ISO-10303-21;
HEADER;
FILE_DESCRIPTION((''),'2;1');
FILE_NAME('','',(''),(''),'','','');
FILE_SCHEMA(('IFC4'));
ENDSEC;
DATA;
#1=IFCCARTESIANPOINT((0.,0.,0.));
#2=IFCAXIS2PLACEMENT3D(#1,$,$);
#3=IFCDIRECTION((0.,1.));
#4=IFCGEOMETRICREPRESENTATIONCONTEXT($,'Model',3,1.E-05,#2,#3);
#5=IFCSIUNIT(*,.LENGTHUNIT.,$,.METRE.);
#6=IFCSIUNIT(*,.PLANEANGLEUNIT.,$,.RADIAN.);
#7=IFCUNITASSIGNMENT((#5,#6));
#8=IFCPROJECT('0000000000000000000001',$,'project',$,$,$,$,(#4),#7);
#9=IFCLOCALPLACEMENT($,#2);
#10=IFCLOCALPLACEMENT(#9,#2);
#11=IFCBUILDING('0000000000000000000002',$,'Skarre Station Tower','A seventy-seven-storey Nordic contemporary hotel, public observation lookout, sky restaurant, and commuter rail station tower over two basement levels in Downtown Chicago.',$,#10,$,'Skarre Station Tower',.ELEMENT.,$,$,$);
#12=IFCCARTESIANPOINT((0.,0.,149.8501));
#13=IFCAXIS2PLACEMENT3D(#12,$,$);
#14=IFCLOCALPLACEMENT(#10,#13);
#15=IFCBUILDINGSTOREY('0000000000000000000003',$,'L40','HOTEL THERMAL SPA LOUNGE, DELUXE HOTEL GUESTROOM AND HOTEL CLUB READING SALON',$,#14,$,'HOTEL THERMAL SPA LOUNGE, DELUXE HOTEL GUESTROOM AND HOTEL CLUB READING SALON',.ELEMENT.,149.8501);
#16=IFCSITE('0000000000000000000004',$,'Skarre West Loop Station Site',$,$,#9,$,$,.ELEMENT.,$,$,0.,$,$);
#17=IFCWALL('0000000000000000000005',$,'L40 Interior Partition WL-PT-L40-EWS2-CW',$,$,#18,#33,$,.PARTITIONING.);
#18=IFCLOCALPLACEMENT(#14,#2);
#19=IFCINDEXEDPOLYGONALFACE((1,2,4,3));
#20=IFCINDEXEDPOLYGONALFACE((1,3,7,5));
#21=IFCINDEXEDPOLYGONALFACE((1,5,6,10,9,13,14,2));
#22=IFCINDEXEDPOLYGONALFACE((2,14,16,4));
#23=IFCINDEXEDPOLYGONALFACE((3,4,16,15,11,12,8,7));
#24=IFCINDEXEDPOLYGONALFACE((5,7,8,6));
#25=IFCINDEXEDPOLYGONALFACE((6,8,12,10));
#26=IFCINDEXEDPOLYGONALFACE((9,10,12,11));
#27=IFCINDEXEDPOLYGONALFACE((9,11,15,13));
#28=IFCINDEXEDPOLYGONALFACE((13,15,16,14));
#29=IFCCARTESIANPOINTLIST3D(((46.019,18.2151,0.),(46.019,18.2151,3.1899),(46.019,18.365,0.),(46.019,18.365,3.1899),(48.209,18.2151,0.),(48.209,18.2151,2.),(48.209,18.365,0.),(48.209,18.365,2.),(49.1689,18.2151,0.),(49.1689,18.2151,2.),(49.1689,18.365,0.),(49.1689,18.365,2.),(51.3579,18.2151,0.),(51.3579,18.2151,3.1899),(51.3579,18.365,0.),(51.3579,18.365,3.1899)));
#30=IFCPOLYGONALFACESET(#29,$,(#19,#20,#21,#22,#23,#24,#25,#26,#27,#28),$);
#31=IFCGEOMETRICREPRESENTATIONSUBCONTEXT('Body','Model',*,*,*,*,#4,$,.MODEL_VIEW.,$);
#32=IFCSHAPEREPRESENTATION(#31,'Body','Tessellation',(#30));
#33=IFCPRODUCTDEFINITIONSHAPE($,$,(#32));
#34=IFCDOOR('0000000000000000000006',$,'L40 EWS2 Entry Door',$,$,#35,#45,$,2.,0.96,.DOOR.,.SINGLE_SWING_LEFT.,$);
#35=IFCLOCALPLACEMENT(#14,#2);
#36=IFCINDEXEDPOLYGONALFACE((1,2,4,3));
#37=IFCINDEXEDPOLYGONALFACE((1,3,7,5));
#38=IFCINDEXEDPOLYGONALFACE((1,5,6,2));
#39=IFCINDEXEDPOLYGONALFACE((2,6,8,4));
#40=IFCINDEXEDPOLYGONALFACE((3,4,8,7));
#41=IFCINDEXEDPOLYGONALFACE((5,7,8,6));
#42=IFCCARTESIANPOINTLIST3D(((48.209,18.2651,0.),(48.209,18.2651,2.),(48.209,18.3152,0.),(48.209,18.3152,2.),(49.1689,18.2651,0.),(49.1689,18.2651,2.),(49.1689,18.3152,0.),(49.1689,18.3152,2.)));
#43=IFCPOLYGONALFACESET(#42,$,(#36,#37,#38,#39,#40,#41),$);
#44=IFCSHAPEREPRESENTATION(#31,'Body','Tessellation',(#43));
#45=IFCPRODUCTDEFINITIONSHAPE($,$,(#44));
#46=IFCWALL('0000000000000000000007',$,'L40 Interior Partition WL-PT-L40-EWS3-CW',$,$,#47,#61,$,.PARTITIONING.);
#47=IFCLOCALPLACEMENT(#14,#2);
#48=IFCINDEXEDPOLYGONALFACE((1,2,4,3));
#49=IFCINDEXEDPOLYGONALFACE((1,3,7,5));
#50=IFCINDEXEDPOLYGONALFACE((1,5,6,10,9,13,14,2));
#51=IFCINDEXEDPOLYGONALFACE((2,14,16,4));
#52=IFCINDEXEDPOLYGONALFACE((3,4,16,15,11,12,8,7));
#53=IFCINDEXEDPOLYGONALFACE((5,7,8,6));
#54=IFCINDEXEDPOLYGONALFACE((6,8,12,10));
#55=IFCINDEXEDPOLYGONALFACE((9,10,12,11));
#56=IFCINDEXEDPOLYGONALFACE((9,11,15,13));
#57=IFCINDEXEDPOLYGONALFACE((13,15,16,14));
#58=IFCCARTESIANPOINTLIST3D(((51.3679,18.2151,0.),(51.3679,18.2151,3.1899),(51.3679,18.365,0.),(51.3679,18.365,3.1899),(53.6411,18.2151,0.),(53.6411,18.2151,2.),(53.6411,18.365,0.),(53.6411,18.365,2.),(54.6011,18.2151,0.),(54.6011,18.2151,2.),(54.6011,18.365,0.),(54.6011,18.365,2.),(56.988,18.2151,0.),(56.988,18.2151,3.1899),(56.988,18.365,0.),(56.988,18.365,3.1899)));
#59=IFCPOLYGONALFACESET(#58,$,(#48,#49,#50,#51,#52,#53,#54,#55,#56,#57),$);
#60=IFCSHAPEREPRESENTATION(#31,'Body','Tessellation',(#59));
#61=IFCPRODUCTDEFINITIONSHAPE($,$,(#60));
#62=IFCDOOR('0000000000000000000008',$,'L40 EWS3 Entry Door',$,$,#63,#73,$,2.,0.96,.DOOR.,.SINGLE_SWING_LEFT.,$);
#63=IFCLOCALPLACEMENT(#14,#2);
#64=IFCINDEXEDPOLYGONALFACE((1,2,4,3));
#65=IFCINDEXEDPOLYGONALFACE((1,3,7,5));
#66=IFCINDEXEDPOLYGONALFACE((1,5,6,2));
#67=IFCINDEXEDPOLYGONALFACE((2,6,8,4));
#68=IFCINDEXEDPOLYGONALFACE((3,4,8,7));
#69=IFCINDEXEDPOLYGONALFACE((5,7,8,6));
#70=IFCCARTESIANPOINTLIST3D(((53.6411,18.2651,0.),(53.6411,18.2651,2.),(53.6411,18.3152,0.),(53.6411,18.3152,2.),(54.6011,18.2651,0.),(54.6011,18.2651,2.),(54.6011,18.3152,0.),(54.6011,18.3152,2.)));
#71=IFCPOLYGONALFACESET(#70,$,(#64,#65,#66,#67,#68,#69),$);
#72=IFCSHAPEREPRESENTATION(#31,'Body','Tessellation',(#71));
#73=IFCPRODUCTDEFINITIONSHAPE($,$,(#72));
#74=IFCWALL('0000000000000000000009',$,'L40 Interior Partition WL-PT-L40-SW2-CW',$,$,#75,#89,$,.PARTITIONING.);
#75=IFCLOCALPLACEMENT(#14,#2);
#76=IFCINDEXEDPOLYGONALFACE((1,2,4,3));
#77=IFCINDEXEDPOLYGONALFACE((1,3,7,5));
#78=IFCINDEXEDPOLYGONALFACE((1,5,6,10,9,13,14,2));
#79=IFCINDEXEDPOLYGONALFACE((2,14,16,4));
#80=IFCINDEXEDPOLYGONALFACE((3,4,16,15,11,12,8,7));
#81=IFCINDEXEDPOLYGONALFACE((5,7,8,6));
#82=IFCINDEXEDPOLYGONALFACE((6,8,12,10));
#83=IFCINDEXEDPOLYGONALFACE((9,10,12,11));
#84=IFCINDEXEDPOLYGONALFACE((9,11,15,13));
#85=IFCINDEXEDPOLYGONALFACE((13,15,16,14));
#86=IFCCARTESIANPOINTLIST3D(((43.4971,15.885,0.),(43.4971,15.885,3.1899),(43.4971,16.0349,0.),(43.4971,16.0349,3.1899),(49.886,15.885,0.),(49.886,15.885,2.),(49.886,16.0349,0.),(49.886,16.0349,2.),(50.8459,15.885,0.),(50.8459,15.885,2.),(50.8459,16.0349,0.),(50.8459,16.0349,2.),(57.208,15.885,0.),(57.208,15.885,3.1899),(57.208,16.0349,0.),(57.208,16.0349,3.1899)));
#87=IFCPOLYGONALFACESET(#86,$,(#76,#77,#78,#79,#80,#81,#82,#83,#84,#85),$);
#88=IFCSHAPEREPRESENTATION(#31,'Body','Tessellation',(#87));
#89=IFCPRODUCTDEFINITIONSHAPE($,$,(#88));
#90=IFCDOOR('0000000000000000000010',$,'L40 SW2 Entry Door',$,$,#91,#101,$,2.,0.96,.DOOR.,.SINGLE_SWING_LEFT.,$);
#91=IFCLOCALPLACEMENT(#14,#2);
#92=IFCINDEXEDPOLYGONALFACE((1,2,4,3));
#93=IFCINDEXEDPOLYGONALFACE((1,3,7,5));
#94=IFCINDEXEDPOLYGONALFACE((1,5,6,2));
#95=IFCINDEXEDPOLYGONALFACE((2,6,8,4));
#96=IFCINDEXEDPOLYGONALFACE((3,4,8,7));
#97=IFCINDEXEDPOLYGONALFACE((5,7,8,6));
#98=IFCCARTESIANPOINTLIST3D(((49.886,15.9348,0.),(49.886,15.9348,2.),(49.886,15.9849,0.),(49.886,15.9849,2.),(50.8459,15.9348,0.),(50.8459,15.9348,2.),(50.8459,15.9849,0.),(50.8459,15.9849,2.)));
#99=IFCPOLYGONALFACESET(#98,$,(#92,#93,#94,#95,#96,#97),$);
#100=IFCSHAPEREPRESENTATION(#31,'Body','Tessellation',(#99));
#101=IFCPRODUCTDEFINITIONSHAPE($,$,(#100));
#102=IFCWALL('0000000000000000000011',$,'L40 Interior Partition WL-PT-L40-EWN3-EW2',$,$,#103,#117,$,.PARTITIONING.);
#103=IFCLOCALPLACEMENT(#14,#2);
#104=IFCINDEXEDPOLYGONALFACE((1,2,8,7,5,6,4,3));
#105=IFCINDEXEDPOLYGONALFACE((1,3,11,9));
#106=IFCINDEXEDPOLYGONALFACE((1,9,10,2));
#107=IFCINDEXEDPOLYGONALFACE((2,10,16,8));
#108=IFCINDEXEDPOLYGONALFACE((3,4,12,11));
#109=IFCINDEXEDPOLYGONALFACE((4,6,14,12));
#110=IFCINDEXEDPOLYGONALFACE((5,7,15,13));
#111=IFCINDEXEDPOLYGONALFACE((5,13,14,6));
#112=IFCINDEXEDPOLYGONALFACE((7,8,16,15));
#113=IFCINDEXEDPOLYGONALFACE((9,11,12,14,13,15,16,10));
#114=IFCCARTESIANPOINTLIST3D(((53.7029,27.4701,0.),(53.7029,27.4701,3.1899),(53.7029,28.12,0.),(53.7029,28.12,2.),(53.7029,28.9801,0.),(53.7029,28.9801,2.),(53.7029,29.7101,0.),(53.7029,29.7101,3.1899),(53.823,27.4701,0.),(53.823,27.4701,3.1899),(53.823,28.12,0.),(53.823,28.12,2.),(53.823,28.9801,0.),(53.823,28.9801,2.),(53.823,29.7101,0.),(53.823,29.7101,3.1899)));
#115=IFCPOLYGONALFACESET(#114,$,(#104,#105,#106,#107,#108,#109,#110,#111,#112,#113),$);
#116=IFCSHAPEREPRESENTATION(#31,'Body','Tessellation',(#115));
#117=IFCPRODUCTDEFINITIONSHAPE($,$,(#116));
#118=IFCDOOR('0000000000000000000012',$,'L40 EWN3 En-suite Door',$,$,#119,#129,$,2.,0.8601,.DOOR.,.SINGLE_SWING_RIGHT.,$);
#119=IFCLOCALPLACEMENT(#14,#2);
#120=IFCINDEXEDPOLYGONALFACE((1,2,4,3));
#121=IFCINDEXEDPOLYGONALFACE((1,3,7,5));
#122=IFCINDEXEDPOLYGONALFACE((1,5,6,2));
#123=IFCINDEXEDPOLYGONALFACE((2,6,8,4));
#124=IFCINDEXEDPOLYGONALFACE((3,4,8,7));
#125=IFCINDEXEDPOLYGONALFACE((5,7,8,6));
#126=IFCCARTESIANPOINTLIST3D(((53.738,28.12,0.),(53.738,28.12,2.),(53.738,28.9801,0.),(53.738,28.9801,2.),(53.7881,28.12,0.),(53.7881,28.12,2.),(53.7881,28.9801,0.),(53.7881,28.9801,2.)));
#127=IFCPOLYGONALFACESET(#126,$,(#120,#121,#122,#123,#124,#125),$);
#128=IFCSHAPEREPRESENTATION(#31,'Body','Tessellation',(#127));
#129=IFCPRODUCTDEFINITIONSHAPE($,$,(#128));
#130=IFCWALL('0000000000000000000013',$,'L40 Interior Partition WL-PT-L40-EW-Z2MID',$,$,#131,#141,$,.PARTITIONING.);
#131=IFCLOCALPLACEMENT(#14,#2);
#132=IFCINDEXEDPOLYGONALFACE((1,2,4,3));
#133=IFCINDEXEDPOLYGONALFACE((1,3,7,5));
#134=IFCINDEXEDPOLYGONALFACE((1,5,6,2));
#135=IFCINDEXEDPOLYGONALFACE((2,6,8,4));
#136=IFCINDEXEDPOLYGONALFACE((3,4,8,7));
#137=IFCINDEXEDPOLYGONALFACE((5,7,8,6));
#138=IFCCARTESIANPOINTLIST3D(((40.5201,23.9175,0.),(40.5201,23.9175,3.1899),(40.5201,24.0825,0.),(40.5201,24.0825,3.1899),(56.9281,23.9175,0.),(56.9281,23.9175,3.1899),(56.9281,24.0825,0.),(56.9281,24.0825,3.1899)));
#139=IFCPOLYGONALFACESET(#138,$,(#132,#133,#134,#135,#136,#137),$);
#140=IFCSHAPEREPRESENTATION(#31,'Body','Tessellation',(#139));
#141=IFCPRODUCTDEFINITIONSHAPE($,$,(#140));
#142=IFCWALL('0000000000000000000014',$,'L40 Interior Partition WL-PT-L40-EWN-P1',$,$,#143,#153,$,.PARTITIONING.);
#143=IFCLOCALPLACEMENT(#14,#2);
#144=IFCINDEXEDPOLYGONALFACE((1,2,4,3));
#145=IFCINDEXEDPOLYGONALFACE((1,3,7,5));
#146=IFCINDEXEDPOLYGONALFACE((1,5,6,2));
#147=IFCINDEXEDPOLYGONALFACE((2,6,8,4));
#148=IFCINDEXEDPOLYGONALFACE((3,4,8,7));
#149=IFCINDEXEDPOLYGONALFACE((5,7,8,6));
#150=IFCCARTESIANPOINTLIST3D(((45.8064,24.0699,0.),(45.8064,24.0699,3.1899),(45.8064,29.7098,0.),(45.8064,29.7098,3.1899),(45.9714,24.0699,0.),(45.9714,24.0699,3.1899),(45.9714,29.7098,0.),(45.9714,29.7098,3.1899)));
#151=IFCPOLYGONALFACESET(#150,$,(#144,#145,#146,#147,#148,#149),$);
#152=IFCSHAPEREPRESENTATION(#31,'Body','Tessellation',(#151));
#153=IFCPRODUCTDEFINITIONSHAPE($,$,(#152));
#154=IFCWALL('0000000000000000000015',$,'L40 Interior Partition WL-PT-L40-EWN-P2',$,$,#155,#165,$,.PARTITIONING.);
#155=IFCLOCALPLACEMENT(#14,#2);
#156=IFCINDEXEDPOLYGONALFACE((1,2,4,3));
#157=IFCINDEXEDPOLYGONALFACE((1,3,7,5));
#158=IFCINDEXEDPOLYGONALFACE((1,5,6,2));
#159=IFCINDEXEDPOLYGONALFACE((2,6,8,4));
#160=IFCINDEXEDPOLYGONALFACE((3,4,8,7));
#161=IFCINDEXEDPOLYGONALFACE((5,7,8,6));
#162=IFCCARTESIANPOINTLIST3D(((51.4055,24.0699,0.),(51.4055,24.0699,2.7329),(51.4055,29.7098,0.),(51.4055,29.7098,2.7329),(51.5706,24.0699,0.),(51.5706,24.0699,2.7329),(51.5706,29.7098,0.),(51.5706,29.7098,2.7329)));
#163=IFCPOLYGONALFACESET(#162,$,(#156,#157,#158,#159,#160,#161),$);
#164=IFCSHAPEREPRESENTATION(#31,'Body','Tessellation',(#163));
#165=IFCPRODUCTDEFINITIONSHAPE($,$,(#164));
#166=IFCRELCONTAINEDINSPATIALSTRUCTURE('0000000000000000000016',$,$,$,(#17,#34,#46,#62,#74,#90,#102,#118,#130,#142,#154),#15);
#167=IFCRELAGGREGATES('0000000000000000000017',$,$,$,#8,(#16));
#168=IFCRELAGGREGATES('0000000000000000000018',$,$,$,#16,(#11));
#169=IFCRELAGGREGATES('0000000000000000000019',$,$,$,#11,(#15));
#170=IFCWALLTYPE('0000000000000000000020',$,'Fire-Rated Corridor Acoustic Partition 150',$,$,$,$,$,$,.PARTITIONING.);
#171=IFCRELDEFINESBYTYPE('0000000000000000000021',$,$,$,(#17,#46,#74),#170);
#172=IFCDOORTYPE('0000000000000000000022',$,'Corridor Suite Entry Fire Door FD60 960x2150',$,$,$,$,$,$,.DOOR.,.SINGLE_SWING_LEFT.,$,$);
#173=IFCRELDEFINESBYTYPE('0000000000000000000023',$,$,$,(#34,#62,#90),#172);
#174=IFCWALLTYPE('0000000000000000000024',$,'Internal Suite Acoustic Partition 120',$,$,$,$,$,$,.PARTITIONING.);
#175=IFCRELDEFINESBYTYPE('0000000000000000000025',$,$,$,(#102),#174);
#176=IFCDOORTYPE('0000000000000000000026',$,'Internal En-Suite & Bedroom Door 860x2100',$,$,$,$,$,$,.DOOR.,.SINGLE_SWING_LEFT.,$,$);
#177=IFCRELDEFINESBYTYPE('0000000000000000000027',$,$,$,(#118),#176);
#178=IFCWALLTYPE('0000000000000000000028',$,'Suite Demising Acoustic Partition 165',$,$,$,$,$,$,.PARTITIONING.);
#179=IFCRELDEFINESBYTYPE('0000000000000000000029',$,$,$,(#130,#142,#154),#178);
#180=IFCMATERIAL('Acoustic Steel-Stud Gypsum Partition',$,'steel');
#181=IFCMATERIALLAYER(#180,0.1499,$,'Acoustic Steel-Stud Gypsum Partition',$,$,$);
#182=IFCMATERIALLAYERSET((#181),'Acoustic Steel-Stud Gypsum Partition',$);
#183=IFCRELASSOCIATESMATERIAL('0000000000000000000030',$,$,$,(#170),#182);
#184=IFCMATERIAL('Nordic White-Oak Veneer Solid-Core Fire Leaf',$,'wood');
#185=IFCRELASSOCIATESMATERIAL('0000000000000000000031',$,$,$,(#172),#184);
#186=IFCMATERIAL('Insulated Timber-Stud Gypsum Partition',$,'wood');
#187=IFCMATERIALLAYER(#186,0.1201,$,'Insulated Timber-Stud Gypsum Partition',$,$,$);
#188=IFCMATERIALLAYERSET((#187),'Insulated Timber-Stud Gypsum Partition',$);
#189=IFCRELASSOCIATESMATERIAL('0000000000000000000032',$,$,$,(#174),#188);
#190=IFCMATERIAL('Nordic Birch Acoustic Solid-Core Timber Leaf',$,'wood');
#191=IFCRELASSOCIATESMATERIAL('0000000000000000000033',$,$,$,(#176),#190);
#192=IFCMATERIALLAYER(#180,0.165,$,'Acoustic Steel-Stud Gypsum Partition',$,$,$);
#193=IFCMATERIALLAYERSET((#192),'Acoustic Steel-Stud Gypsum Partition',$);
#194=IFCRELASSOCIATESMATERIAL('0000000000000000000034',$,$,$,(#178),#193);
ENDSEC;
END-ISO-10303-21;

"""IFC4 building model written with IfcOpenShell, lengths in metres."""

from ifc_helpers import new_model, si_unit, direction, frame, frame_2d, origin, place, context, subcontext, project, spatial, rectangle, extrude, material, layer, layer_set, type_object, element, fill, save


model = new_model("IFC4")

# Units and contexts
model_context = context("Model", 3, precision=1e-05, world=origin(), true_north=direction((0.0, 1.0)))
body_context = subcontext(model_context, "Body", "Model", "MODEL_VIEW")
ifc_project = project(units=[si_unit("LENGTHUNIT", "METRE"), si_unit("PLANEANGLEUNIT", "RADIAN")], contexts=[model_context])

# Site, building, storey
site_placement = place(None, origin())
site = spatial("IfcSite", under=ifc_project, at=site_placement, Name="Skarre West Loop Station Site", CompositionType="ELEMENT", RefElevation=0.0)
building_placement = place(site_placement, origin())
building = spatial("IfcBuilding", under=site, at=building_placement, Name="Skarre Station Tower", Description="A seventy-seven-storey Nordic contemporary hotel, public observation lookout, sky restaurant, and commuter rail station tower over two basement levels in Downtown Chicago.", LongName="Skarre Station Tower", CompositionType="ELEMENT")
storey_placement = place(building_placement, frame((0.0, 0.0, 149.8501)))
storey = spatial("IfcBuildingStorey", under=building, at=storey_placement, Name="L40", Description="HOTEL THERMAL SPA LOUNGE, DELUXE HOTEL GUESTROOM AND HOTEL CLUB READING SALON", LongName="HOTEL THERMAL SPA LOUNGE, DELUXE HOTEL GUESTROOM AND HOTEL CLUB READING SALON", CompositionType="ELEMENT", Elevation=149.8501)

# Shared definitions
ifc_material_1 = material(Name="Acoustic Steel-Stud Gypsum Partition", Category="steel")
ifc_layer_1 = layer(ifc_material_1, 0.1499, Name="Acoustic Steel-Stud Gypsum Partition")
ifc_layer_set_1 = layer_set([ifc_layer_1], Name="Acoustic Steel-Stud Gypsum Partition")
wall_type_1 = type_object("IfcWallType", Name="Fire-Rated Corridor Acoustic Partition 150", PredefinedType="PARTITIONING", material=ifc_layer_set_1)

# Walls, openings, doors
ifc_material_2 = material(Name="Nordic White-Oak Veneer Solid-Core Fire Leaf", Category="wood")
door_type_1 = type_object("IfcDoorType", Name="Corridor Suite Entry Fire Door FD60 960x2150", OperationType="SINGLE_SWING_LEFT", PredefinedType="DOOR", material=ifc_material_2)
wall_1_placement = place(storey_placement, frame((51.3579, 18.29, 0.0), z_axis=(0.0, 0.0, 1.0), x_axis=(-1.0, 0.0, 0.0)))
wall_1 = element("IfcWall", 1, at=wall_1_placement, inside=storey, type_object=wall_type_1, Name="L40 Interior Partition WL-PT-L40-EWS2-CW", PredefinedType="PARTITIONING", context=body_context, shape_type="SweptSolid", body=[
    extrude(rectangle(XDim=5.3389, YDim=0.1499, at=frame_2d((2.6694, 0.0))), origin(), (0.0, 0.0, 1.0), 3.1899),
])
opening_1_placement = place(wall_1_placement, frame((2.189, 0.0, 0.0)))
opening_1 = element("IfcOpeningElement", 2, at=opening_1_placement, cuts=wall_1, PredefinedType="OPENING", context=body_context, shape_type="SweptSolid", body=[
    extrude(rectangle(XDim=0.96, YDim=2.0, at=frame_2d((0.48, 1.0))), frame((0.0, 0.085, 0.0), z_axis=(0.0, -1.0, 0.0), x_axis=(1.0, 0.0, 0.0)), (0.0, 0.0, 1.0), 0.1699),
])
door_1_placement = place(opening_1_placement, origin())
door_1 = element("IfcDoor", 3, at=door_1_placement, inside=storey, type_object=door_type_1, Name="L40 EWS2 Entry Door", OperationType="SINGLE_SWING_LEFT", OverallHeight=2.0, OverallWidth=0.96, PredefinedType="DOOR", context=body_context, shape_type="SweptSolid", body=[
    extrude(rectangle(XDim=0.96, YDim=2.0, at=frame_2d((0.48, 1.0))), frame((0.0, 0.0249, 0.0), z_axis=(0.0, -1.0, 0.0), x_axis=(1.0, 0.0, 0.0)), (0.0, 0.0, 1.0), 0.05),
])
fill(opening_1, door_1)
wall_2_placement = place(storey_placement, frame((56.988, 18.29, 0.0), z_axis=(0.0, 0.0, 1.0), x_axis=(-1.0, 0.0, 0.0)))
wall_2 = element("IfcWall", 4, at=wall_2_placement, inside=storey, type_object=wall_type_1, Name="L40 Interior Partition WL-PT-L40-EWS3-CW", PredefinedType="PARTITIONING", context=body_context, shape_type="SweptSolid", body=[
    extrude(rectangle(XDim=5.6201, YDim=0.1499, at=frame_2d((2.8101, 0.0))), origin(), (0.0, 0.0, 1.0), 3.1899),
])
opening_2_placement = place(wall_2_placement, frame((2.387, 0.0, 0.0)))
opening_2 = element("IfcOpeningElement", 5, at=opening_2_placement, cuts=wall_2, PredefinedType="OPENING", context=body_context, shape_type="SweptSolid", body=[
    extrude(rectangle(XDim=0.96, YDim=2.0, at=frame_2d((0.48, 1.0))), frame((0.0, 0.085, 0.0), z_axis=(0.0, -1.0, 0.0), x_axis=(1.0, 0.0, 0.0)), (0.0, 0.0, 1.0), 0.1699),
])
door_2_placement = place(opening_2_placement, origin())
door_2 = element("IfcDoor", 6, at=door_2_placement, inside=storey, type_object=door_type_1, Name="L40 EWS3 Entry Door", OperationType="SINGLE_SWING_LEFT", OverallHeight=2.0, OverallWidth=0.96, PredefinedType="DOOR", context=body_context, shape_type="SweptSolid", body=[
    extrude(rectangle(XDim=0.96, YDim=2.0, at=frame_2d((0.48, 1.0))), frame((0.0, 0.0249, 0.0), z_axis=(0.0, -1.0, 0.0), x_axis=(1.0, 0.0, 0.0)), (0.0, 0.0, 1.0), 0.05),
])
fill(opening_2, door_2)
wall_3_placement = place(storey_placement, frame((43.4971, 15.96, 0.0), z_axis=(0.0, 0.0, 1.0), x_axis=(1.0, 0.0, 0.0)))
wall_3 = element("IfcWall", 7, at=wall_3_placement, inside=storey, type_object=wall_type_1, Name="L40 Interior Partition WL-PT-L40-SW2-CW", PredefinedType="PARTITIONING", context=body_context, shape_type="SweptSolid", body=[
    extrude(rectangle(XDim=13.7109, YDim=0.1499, at=frame_2d((6.8555, 0.0))), origin(), (0.0, 0.0, 1.0), 3.1899),
])
opening_3_placement = place(wall_3_placement, frame((6.3889, 0.0, 0.0)))
opening_3 = element("IfcOpeningElement", 8, at=opening_3_placement, cuts=wall_3, PredefinedType="OPENING", context=body_context, shape_type="SweptSolid", body=[
    extrude(rectangle(XDim=0.96, YDim=2.0, at=frame_2d((0.48, 1.0))), frame((0.0, 0.085, 0.0), z_axis=(0.0, -1.0, 0.0), x_axis=(1.0, 0.0, 0.0)), (0.0, 0.0, 1.0), 0.1699),
])
door_3_placement = place(opening_3_placement, origin())
door_3 = element("IfcDoor", 9, at=door_3_placement, inside=storey, type_object=door_type_1, Name="L40 SW2 Entry Door", OperationType="SINGLE_SWING_LEFT", OverallHeight=2.0, OverallWidth=0.96, PredefinedType="DOOR", context=body_context, shape_type="SweptSolid", body=[
    extrude(rectangle(XDim=0.96, YDim=2.0, at=frame_2d((0.48, 1.0))), frame((0.0, 0.0249, 0.0), z_axis=(0.0, -1.0, 0.0), x_axis=(1.0, 0.0, 0.0)), (0.0, 0.0, 1.0), 0.05),
])
fill(opening_3, door_3)
ifc_material_3 = material(Name="Insulated Timber-Stud Gypsum Partition", Category="wood")
ifc_layer_2 = layer(ifc_material_3, 0.1201, Name="Insulated Timber-Stud Gypsum Partition")
ifc_layer_set_2 = layer_set([ifc_layer_2], Name="Insulated Timber-Stud Gypsum Partition")
wall_type_2 = type_object("IfcWallType", Name="Internal Suite Acoustic Partition 120", PredefinedType="PARTITIONING", material=ifc_layer_set_2)
wall_4_placement = place(storey_placement, frame((53.7629, 27.47, 0.0), z_axis=(0.0, 0.0, 1.0), x_axis=(0.0, 1.0, 0.0)))
wall_4 = element("IfcWall", 10, at=wall_4_placement, inside=storey, type_object=wall_type_2, Name="L40 Interior Partition WL-PT-L40-EWN3-EW2", PredefinedType="PARTITIONING", context=body_context, shape_type="SweptSolid", body=[
    extrude(rectangle(XDim=2.24, YDim=0.1201, at=frame_2d((1.1201, 0.0))), origin(), (0.0, 0.0, 1.0), 3.1899),
])
opening_4_placement = place(wall_4_placement, frame((0.6499, 0.0, 0.0)))
opening_4 = element("IfcOpeningElement", 11, at=opening_4_placement, cuts=wall_4, PredefinedType="OPENING", context=body_context, shape_type="SweptSolid", body=[
    extrude(rectangle(XDim=0.8601, YDim=2.0, at=frame_2d((0.4302, 1.0))), frame((0.0, 0.0701, 0.0), z_axis=(0.0, -1.0, 0.0), x_axis=(1.0, 0.0, 0.0)), (0.0, 0.0, 1.0), 0.1401),
])
ifc_material_4 = material(Name="Nordic Birch Acoustic Solid-Core Timber Leaf", Category="wood")
door_type_2 = type_object("IfcDoorType", Name="Internal En-Suite & Bedroom Door 860x2100", OperationType="SINGLE_SWING_LEFT", PredefinedType="DOOR", material=ifc_material_4)
door_4_placement = place(opening_4_placement, origin())
door_4 = element("IfcDoor", 12, at=door_4_placement, inside=storey, type_object=door_type_2, Name="L40 EWN3 En-suite Door", OperationType="SINGLE_SWING_RIGHT", OverallHeight=2.0, OverallWidth=0.8601, PredefinedType="DOOR", context=body_context, shape_type="SweptSolid", body=[
    extrude(rectangle(XDim=0.8601, YDim=2.0, at=frame_2d((0.4302, 1.0))), frame((0.0, 0.0249, 0.0), z_axis=(0.0, -1.0, 0.0), x_axis=(1.0, 0.0, 0.0)), (0.0, 0.0, 1.0), 0.05),
])
fill(opening_4, door_4)

# Walls
ifc_layer_3 = layer(ifc_material_1, 0.165, Name="Acoustic Steel-Stud Gypsum Partition")
ifc_layer_set_3 = layer_set([ifc_layer_3], Name="Acoustic Steel-Stud Gypsum Partition")
wall_type_3 = type_object("IfcWallType", Name="Suite Demising Acoustic Partition 165", PredefinedType="PARTITIONING", material=ifc_layer_set_3)
wall_5_placement = place(storey_placement, frame((40.52, 24.0, 0.0), z_axis=(0.0, 0.0, 1.0), x_axis=(1.0, 0.0, 0.0)))
element("IfcWall", 13, at=wall_5_placement, inside=storey, type_object=wall_type_3, Name="L40 Interior Partition WL-PT-L40-EW-Z2MID", PredefinedType="PARTITIONING", context=body_context, shape_type="SweptSolid", body=[
    extrude(rectangle(XDim=16.408, YDim=0.165, at=frame_2d((8.2041, 0.0))), origin(), (0.0, 0.0, 1.0), 3.1899),
])
wall_6_placement = place(storey_placement, frame((45.8889, 24.0701, 0.0), z_axis=(0.0, 0.0, 1.0), x_axis=(0.0, 1.0, 0.0)))
element("IfcWall", 14, at=wall_6_placement, inside=storey, type_object=wall_type_3, Name="L40 Interior Partition WL-PT-L40-EWN-P1", PredefinedType="PARTITIONING", context=body_context, shape_type="SweptSolid", body=[
    extrude(rectangle(XDim=5.6399, YDim=0.165, at=frame_2d((2.8198, 0.0))), origin(), (0.0, 0.0, 1.0), 3.1899),
])
wall_7_placement = place(storey_placement, frame((51.488, 24.0701, 0.0), z_axis=(0.0, 0.0, 1.0), x_axis=(0.0, 1.0, 0.0)))
element("IfcWall", 15, at=wall_7_placement, inside=storey, type_object=wall_type_3, Name="L40 Interior Partition WL-PT-L40-EWN-P2", PredefinedType="PARTITIONING", context=body_context, shape_type="SweptSolid", body=[
    extrude(rectangle(XDim=5.6399, YDim=0.165, at=frame_2d((2.8198, 0.0))), origin(), (0.0, 0.0, 1.0), 2.7329),
])

save(model, "model.ifc")
